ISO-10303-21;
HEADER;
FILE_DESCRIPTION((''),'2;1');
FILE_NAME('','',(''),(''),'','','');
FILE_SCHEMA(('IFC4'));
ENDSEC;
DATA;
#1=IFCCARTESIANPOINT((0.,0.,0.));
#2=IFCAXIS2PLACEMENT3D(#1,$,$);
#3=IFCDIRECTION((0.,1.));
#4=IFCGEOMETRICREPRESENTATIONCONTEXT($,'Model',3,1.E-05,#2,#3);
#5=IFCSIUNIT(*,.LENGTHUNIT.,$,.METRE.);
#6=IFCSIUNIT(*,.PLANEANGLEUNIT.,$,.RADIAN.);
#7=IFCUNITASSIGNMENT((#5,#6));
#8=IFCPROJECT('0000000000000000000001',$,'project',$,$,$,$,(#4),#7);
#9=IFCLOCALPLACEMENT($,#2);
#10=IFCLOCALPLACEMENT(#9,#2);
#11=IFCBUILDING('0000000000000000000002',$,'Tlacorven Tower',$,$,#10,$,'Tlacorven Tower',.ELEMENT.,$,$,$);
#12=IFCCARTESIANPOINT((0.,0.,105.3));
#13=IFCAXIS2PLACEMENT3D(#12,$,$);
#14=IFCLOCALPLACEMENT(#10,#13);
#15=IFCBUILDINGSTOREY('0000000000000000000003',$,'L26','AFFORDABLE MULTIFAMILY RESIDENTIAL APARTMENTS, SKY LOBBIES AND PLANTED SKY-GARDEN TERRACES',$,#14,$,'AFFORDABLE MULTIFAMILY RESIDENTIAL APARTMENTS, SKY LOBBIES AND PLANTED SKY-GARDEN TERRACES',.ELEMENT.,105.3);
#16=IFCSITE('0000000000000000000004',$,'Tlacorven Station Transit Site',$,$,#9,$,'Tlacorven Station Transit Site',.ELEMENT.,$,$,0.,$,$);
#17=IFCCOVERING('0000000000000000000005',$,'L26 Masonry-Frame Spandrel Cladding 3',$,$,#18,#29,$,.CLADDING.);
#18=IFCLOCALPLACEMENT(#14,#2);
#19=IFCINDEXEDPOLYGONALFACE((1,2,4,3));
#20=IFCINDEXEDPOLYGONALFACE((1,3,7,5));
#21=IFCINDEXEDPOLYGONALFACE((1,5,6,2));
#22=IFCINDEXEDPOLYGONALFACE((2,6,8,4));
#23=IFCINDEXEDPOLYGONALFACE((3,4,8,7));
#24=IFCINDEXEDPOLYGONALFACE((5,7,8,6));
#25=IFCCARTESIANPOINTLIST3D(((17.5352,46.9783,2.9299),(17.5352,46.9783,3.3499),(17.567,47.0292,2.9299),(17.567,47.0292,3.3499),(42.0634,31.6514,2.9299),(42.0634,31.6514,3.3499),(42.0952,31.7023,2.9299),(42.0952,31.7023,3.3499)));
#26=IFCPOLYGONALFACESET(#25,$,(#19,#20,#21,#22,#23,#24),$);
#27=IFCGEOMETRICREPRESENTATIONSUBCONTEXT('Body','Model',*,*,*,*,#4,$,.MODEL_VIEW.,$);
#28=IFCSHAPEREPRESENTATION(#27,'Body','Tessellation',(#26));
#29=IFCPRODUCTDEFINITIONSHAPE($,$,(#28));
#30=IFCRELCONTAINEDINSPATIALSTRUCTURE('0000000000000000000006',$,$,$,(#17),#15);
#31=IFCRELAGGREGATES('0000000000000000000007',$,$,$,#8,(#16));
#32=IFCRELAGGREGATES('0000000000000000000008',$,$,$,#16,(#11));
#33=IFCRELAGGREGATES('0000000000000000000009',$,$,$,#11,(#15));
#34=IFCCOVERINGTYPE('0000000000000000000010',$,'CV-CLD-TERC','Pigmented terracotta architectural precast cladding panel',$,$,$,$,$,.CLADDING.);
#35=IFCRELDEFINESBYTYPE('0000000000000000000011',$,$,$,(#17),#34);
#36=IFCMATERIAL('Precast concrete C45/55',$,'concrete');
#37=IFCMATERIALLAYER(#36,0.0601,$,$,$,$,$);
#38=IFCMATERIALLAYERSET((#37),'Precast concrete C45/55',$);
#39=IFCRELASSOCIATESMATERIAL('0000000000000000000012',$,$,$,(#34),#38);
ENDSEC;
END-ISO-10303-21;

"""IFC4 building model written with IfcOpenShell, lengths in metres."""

from ifc_helpers import new_model, si_unit, direction, frame, origin, origin_2d, place, context, subcontext, project, spatial, rectangle, extrude, source, transform, mapped, material, layer, layer_set, type_object, element, save


model = new_model("IFC4")

# Units and contexts
model_context = context("Model", 3, precision=1e-05, world=origin(), true_north=direction((0.0, 1.0)))
body_context = subcontext(model_context, "Body", "Model", "MODEL_VIEW")
ifc_project = project(units=[si_unit("LENGTHUNIT", "METRE"), si_unit("PLANEANGLEUNIT", "RADIAN")], contexts=[model_context])

# Site, building, storey
site_placement = place(None, origin())
site = spatial("IfcSite", under=ifc_project, at=site_placement, Name="Tlacorven Station Transit Site", LongName="Tlacorven Station Transit Site", CompositionType="ELEMENT", RefElevation=0.0)
building_placement = place(site_placement, origin())
building = spatial("IfcBuilding", under=site, at=building_placement, Name="Tlacorven Tower", LongName="Tlacorven Tower", CompositionType="ELEMENT")
storey_placement = place(building_placement, frame((0.0, 0.0, 105.3)))
storey = spatial("IfcBuildingStorey", under=building, at=storey_placement, Name="L26", Description="AFFORDABLE MULTIFAMILY RESIDENTIAL APARTMENTS, SKY LOBBIES AND PLANTED SKY-GARDEN TERRACES", LongName="AFFORDABLE MULTIFAMILY RESIDENTIAL APARTMENTS, SKY LOBBIES AND PLANTED SKY-GARDEN TERRACES", CompositionType="ELEMENT", Elevation=105.3)

# Covering
ifc_material_1 = material(Name="Precast concrete C45/55", Category="concrete")
ifc_layer_1 = layer(ifc_material_1, 0.0601)
ifc_layer_set_1 = layer_set([ifc_layer_1], Name="Precast concrete C45/55")
covering_type = type_object("IfcCoveringType", Name="CV-CLD-TERC", Description="Pigmented terracotta architectural precast cladding panel", PredefinedType="CLADDING", material=ifc_layer_set_1)
shared_shape_1 = source(origin(), body_context, "Body", "SweptSolid", [
    extrude(rectangle(XDim=28.9231, YDim=0.0601, at=origin_2d()), origin(), (0.0, 0.0, 1.0), 0.4199),
])
covering_placement = place(storey_placement, frame((29.8152, 39.3403, 2.9299), z_axis=(0.0, 0.0, 1.0), x_axis=(0.848048, -0.529919, 0.0)))
element("IfcCovering", 1, at=covering_placement, inside=storey, type_object=covering_type, Name="L26 Masonry-Frame Spandrel Cladding 3", PredefinedType="CLADDING", context=body_context, shape_type="MappedRepresentation", body=[
    mapped(shared_shape_1, transform((0.0, 0.0, 0.0), scale=1.0)),
])

save(model, "model.ifc")
